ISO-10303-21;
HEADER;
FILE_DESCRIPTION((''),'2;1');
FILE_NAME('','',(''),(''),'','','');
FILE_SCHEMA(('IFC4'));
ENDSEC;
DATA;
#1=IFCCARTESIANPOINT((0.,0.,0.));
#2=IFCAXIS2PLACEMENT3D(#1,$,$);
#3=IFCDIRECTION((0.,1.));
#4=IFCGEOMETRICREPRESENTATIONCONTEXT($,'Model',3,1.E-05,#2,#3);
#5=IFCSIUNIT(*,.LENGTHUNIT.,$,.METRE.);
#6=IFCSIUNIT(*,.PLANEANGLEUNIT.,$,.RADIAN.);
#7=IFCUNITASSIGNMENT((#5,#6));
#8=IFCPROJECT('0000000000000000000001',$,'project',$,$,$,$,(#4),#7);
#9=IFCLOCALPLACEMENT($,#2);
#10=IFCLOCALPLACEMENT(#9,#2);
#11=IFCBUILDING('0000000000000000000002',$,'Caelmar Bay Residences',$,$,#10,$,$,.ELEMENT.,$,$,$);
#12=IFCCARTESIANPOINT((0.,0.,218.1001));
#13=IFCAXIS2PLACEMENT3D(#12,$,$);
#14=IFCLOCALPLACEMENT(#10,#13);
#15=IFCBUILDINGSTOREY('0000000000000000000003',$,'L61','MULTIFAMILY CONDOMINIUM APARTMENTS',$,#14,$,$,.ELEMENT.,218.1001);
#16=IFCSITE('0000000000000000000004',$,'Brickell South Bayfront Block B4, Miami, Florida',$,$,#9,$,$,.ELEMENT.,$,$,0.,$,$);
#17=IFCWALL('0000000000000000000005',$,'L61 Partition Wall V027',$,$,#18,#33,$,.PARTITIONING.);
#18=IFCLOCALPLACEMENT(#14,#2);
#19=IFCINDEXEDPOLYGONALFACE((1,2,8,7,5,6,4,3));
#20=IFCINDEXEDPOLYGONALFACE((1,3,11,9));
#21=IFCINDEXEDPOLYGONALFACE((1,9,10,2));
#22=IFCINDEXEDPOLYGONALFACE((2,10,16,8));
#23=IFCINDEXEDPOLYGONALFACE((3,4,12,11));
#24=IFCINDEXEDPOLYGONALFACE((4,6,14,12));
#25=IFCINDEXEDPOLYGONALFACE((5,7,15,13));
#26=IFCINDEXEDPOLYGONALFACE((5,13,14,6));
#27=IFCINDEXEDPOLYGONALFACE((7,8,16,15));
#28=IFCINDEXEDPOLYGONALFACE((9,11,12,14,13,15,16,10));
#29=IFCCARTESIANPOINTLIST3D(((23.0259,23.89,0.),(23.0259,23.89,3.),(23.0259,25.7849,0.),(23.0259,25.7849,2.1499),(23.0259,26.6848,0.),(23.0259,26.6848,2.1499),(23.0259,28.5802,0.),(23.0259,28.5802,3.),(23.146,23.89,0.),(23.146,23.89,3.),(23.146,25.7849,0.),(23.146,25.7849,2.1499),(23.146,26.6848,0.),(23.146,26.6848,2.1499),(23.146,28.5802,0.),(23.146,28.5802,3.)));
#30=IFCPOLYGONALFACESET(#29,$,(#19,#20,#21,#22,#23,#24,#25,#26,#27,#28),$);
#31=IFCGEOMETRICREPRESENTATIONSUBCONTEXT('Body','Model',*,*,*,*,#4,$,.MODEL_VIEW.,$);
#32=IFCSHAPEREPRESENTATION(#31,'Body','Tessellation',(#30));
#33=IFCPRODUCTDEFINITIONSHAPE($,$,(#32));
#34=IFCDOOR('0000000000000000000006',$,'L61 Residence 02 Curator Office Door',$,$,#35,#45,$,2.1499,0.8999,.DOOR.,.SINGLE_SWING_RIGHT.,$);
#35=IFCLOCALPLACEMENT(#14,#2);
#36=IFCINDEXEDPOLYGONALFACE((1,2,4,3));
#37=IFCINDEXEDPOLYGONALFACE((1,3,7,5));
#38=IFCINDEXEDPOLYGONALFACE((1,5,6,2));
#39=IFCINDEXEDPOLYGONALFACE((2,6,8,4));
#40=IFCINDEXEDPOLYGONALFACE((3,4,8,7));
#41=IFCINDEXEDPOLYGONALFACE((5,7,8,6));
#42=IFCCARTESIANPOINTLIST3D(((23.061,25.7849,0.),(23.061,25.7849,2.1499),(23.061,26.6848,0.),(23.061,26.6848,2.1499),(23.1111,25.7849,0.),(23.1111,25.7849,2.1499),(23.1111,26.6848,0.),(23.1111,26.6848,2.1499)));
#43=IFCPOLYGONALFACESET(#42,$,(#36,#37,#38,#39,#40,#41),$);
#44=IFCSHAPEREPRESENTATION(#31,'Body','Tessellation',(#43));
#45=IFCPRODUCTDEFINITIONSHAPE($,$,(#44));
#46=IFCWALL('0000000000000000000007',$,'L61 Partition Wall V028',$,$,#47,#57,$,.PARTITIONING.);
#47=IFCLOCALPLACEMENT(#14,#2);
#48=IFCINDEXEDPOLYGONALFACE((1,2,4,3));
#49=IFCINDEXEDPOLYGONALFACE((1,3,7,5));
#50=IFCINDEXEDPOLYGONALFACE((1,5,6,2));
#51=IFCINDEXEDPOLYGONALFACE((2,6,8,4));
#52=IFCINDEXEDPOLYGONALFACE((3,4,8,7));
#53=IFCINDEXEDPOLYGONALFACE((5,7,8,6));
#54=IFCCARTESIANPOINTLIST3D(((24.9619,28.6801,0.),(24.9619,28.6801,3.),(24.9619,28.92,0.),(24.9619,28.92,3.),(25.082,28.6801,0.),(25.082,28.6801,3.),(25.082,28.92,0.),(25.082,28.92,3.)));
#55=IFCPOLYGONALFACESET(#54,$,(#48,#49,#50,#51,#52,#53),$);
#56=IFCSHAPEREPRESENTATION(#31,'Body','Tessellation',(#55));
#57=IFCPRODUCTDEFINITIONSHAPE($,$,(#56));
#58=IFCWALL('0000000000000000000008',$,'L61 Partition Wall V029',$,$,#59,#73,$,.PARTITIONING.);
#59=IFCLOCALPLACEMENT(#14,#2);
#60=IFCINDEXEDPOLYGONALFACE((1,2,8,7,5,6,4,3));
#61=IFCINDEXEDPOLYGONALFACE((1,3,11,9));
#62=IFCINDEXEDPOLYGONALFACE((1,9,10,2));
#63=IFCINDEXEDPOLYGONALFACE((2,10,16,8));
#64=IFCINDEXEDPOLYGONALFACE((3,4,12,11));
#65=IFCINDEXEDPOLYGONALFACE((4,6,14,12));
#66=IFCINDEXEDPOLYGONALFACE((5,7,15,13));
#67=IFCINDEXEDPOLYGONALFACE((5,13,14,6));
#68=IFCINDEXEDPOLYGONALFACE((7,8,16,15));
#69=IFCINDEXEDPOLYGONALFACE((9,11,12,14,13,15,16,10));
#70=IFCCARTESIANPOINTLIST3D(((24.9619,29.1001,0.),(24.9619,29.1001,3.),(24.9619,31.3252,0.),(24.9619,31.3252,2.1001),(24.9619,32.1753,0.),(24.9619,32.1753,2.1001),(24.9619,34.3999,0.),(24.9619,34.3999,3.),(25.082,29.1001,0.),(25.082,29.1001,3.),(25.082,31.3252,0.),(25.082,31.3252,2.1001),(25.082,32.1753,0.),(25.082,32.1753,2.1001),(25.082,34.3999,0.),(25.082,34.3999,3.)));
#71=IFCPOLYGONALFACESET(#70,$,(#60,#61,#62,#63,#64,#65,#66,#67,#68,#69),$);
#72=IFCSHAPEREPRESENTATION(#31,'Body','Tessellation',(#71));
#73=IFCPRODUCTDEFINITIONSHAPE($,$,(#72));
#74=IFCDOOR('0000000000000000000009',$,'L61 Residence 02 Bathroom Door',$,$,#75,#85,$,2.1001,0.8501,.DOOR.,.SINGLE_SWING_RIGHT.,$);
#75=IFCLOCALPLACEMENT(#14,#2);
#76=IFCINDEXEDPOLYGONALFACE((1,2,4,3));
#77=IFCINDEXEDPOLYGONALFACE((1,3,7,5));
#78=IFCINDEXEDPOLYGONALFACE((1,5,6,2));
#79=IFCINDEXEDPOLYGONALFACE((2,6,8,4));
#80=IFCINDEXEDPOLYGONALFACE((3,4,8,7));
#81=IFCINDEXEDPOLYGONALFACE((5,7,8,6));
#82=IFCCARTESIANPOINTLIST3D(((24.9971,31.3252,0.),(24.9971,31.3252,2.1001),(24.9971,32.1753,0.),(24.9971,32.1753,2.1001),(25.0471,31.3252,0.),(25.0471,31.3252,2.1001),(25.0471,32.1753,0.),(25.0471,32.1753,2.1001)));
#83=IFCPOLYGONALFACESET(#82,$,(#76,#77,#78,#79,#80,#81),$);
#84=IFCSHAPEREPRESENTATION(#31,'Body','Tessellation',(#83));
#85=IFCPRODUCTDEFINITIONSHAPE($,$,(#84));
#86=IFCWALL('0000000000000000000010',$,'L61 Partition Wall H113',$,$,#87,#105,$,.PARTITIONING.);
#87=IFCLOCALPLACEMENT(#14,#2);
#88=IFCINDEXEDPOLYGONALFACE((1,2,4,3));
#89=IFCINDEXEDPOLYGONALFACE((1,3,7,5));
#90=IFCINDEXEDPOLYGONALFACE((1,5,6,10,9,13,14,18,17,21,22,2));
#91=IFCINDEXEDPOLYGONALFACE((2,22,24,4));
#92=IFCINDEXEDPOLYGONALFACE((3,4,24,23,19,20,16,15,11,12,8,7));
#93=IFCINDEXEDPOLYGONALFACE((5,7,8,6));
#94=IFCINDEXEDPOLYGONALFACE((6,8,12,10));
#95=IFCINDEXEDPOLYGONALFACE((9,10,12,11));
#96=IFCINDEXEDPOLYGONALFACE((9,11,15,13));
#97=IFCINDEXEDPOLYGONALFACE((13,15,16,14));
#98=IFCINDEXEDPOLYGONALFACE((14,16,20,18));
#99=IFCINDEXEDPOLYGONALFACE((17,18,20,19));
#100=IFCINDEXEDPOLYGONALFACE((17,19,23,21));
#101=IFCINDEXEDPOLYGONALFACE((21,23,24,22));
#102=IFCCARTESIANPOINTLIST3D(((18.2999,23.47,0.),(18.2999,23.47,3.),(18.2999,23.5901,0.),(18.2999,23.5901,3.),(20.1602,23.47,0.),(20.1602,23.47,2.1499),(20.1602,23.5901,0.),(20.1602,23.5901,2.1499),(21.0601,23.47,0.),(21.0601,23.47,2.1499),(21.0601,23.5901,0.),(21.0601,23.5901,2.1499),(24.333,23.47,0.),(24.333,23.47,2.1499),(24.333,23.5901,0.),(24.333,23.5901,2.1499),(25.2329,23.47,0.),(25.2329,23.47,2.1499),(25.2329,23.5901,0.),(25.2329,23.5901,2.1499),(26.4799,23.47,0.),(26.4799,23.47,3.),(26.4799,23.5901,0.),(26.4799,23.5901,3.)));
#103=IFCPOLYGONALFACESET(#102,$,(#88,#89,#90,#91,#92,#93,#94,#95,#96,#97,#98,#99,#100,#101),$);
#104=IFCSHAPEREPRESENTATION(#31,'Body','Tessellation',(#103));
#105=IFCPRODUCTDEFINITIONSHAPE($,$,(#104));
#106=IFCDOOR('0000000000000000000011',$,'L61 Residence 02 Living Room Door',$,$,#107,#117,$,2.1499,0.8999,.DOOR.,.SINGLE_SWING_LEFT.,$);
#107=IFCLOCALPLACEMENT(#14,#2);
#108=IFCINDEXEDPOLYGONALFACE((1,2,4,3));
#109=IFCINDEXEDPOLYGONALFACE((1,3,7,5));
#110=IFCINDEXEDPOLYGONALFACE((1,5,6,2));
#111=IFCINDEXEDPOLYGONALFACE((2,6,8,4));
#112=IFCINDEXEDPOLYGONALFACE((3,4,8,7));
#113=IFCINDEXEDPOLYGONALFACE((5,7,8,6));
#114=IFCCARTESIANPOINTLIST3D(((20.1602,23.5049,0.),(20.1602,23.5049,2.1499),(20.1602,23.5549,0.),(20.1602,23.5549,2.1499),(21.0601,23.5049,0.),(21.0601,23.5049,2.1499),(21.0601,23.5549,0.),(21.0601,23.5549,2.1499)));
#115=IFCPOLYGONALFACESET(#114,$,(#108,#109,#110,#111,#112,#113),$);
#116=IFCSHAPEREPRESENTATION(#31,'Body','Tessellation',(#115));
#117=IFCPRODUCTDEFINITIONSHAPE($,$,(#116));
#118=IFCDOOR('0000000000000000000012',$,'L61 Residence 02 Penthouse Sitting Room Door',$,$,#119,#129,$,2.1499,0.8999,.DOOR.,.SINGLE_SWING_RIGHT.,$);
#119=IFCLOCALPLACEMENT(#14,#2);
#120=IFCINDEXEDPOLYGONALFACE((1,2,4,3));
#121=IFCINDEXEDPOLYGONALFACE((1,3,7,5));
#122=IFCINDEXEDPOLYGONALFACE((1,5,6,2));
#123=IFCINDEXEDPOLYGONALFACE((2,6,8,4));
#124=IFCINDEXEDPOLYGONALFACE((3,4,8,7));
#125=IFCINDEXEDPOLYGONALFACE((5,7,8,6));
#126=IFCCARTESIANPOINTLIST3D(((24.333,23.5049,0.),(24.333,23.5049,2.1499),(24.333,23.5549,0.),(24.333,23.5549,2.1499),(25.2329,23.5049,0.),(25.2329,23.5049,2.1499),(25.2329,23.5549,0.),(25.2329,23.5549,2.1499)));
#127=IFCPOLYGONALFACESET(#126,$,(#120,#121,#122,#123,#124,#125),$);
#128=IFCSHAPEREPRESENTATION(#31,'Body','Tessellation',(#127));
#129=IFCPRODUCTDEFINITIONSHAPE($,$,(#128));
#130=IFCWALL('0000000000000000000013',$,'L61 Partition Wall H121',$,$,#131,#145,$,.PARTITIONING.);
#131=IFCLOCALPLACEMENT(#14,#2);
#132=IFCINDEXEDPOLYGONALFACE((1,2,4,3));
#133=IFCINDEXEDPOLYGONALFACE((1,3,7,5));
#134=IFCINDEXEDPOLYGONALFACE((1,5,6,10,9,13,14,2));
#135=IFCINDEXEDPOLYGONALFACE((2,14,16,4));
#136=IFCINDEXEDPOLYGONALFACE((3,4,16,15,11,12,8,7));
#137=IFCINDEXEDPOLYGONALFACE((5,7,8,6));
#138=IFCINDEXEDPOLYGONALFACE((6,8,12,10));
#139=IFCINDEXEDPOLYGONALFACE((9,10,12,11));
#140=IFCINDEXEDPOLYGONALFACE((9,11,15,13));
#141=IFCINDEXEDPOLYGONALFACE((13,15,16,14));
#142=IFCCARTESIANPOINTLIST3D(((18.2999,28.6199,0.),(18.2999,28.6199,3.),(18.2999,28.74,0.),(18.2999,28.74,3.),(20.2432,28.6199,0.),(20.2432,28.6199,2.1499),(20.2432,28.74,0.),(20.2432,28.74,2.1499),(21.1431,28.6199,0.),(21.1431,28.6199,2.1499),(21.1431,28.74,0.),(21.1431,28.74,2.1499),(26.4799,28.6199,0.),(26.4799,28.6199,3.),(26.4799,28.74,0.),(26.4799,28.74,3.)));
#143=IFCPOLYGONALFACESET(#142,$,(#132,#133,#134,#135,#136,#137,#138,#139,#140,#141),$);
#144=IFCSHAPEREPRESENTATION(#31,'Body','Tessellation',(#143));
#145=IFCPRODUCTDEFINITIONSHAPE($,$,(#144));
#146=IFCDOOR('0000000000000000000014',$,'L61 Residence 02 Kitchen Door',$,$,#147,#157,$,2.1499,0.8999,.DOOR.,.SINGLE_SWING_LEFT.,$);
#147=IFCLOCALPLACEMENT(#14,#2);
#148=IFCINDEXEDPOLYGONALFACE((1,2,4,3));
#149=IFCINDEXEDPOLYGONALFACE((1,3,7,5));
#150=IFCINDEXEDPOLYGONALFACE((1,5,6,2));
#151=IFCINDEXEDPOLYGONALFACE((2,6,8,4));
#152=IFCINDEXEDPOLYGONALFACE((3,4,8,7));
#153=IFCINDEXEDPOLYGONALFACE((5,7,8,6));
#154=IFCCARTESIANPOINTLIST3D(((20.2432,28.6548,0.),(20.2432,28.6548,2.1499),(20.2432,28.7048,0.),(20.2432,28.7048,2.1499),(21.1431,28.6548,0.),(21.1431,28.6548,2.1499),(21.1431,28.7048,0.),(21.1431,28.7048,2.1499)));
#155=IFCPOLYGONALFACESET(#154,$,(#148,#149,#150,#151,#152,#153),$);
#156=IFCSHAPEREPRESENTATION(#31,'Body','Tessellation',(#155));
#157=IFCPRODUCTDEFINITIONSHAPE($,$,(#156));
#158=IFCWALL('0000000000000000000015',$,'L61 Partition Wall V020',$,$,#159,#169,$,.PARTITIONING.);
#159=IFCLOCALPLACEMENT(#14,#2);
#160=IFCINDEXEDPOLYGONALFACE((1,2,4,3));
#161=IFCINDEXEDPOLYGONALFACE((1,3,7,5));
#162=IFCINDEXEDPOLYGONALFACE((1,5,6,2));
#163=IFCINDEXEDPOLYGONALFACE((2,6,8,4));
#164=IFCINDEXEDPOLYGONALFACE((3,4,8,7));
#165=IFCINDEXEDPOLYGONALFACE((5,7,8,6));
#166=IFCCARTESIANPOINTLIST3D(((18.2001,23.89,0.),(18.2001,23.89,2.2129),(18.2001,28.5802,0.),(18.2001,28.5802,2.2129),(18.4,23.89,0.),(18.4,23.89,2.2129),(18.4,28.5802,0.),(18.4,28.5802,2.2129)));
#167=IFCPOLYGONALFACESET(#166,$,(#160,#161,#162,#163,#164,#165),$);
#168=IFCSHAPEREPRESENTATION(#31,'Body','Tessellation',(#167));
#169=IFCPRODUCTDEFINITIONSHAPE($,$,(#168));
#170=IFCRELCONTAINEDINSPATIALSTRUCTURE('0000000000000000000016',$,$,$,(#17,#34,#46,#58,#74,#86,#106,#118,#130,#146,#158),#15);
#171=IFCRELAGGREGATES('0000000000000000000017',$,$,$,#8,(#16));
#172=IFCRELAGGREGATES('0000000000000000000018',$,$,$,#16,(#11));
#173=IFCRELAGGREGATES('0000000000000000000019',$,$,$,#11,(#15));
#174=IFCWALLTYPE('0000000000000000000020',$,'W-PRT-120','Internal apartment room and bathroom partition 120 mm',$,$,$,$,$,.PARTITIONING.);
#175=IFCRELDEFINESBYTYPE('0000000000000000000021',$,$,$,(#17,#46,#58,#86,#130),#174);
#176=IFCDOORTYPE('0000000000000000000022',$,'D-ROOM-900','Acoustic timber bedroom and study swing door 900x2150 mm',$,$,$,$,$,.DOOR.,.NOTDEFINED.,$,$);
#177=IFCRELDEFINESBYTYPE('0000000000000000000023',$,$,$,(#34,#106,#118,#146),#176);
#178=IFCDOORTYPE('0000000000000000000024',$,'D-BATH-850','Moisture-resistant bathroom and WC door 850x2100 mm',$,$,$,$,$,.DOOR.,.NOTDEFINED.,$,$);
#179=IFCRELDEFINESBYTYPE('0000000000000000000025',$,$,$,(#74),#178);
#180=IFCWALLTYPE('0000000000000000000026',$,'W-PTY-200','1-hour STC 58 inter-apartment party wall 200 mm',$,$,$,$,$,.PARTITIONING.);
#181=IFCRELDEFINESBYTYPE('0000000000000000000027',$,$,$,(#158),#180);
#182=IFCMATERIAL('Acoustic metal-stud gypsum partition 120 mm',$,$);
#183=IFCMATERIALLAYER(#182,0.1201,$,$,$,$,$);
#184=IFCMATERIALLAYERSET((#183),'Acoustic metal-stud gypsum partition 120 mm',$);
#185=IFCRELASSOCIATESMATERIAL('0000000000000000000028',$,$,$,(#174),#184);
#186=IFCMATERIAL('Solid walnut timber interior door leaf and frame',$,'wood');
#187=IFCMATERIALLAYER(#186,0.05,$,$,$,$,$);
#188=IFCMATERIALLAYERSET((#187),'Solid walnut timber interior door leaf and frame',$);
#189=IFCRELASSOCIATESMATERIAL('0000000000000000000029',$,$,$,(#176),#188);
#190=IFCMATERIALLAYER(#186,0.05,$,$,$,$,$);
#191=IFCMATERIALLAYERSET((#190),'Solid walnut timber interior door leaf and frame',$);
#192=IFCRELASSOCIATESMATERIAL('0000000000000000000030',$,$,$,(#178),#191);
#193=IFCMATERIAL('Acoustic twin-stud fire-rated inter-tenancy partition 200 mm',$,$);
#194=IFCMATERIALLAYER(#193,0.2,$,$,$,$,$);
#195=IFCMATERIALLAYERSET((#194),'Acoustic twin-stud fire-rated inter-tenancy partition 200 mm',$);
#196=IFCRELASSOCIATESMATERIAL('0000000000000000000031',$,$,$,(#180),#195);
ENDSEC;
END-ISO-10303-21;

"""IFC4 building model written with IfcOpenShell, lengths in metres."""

from ifc_helpers import new_model, si_unit, direction, frame, frame_2d, origin, place, context, subcontext, project, spatial, rectangle, extrude, material, layer, layer_set, type_object, element, fill, save


model = new_model("IFC4")

# Units and contexts
model_context = context("Model", 3, precision=1e-05, world=origin(), true_north=direction((0.0, 1.0)))
body_context = subcontext(model_context, "Body", "Model", "MODEL_VIEW")
ifc_project = project(units=[si_unit("LENGTHUNIT", "METRE"), si_unit("PLANEANGLEUNIT", "RADIAN")], contexts=[model_context])

# Site, building, storey
site_placement = place(None, origin())
site = spatial("IfcSite", under=ifc_project, at=site_placement, Name="Brickell South Bayfront Block B4, Miami, Florida", CompositionType="ELEMENT", RefElevation=0.0)
building_placement = place(site_placement, origin())
building = spatial("IfcBuilding", under=site, at=building_placement, Name="Caelmar Bay Residences", CompositionType="ELEMENT")
storey_placement = place(building_placement, frame((0.0, 0.0, 218.1001)))
storey = spatial("IfcBuildingStorey", under=building, at=storey_placement, Name="L61", Description="MULTIFAMILY CONDOMINIUM APARTMENTS", CompositionType="ELEMENT", Elevation=218.1001)

# Shared definitions
ifc_material_1 = material(Name="Acoustic metal-stud gypsum partition 120 mm")
ifc_layer_1 = layer(ifc_material_1, 0.1201)
ifc_layer_set_1 = layer_set([ifc_layer_1], Name="Acoustic metal-stud gypsum partition 120 mm")
wall_type_1 = type_object("IfcWallType", Name="W-PRT-120", Description="Internal apartment room and bathroom partition 120 mm", PredefinedType="PARTITIONING", material=ifc_layer_set_1)

# Wall, opening, door
wall_1_placement = place(storey_placement, frame((23.0859, 23.8899, 0.0), z_axis=(0.0, 0.0, 1.0), x_axis=(0.0, 1.0, 0.0)))
wall_1 = element("IfcWall", 1, at=wall_1_placement, inside=storey, type_object=wall_type_1, Name="L61 Partition Wall V027", PredefinedType="PARTITIONING", context=body_context, shape_type="SweptSolid", body=[
    extrude(rectangle(XDim=4.6902, YDim=0.1201, at=frame_2d((2.3452, 0.0))), origin(), (0.0, 0.0, 1.0), 3.0),
])
opening_1_placement = place(wall_1_placement, frame((1.895, 0.0, 0.0)))
opening_1 = element("IfcOpeningElement", 2, at=opening_1_placement, cuts=wall_1, PredefinedType="OPENING", context=body_context, shape_type="SweptSolid", body=[
    extrude(rectangle(XDim=0.8999, YDim=2.1499, at=frame_2d((0.45, 1.075))), frame((0.0, 0.0701, 0.0), z_axis=(0.0, -1.0, 0.0), x_axis=(1.0, 0.0, 0.0)), (0.0, 0.0, 1.0), 0.1401),
])
ifc_material_2 = material(Name="Solid walnut timber interior door leaf and frame", Category="wood")
ifc_layer_2 = layer(ifc_material_2, 0.05)
ifc_layer_set_2 = layer_set([ifc_layer_2], Name="Solid walnut timber interior door leaf and frame")
door_type_1 = type_object("IfcDoorType", Name="D-ROOM-900", Description="Acoustic timber bedroom and study swing door 900x2150 mm", OperationType="NOTDEFINED", PredefinedType="DOOR", material=ifc_layer_set_2)
door_1_placement = place(opening_1_placement, origin())
door_1 = element("IfcDoor", 3, at=door_1_placement, inside=storey, type_object=door_type_1, Name="L61 Residence 02 Curator Office Door", OperationType="SINGLE_SWING_RIGHT", OverallHeight=2.1499, OverallWidth=0.8999, PredefinedType="DOOR", context=body_context, shape_type="SweptSolid", body=[
    extrude(rectangle(XDim=0.8999, YDim=2.1499, at=frame_2d((0.45, 1.075))), frame((0.0, 0.0249, 0.0), z_axis=(0.0, -1.0, 0.0), x_axis=(1.0, 0.0, 0.0)), (0.0, 0.0, 1.0), 0.05),
])
fill(opening_1, door_1)

# Wall
wall_2_placement = place(storey_placement, frame((25.022, 28.6799, 0.0), z_axis=(0.0, 0.0, 1.0), x_axis=(0.0, 1.0, 0.0)))
element("IfcWall", 4, at=wall_2_placement, inside=storey, type_object=wall_type_1, Name="L61 Partition Wall V028", PredefinedType="PARTITIONING", context=body_context, shape_type="SweptSolid", body=[
    extrude(rectangle(XDim=0.24, YDim=0.1201, at=frame_2d((0.1201, 0.0))), origin(), (0.0, 0.0, 1.0), 3.0),
])

# Wall, opening, door
wall_3_placement = place(storey_placement, frame((25.022, 29.1001, 0.0), z_axis=(0.0, 0.0, 1.0), x_axis=(0.0, 1.0, 0.0)))
wall_3 = element("IfcWall", 5, at=wall_3_placement, inside=storey, type_object=wall_type_1, Name="L61 Partition Wall V029", PredefinedType="PARTITIONING", context=body_context, shape_type="SweptSolid", body=[
    extrude(rectangle(XDim=5.2998, YDim=0.1201, at=frame_2d((2.6499, 0.0))), origin(), (0.0, 0.0, 1.0), 3.0),
])
opening_2_placement = place(wall_3_placement, frame((2.2251, 0.0, 0.0)))
opening_2 = element("IfcOpeningElement", 6, at=opening_2_placement, cuts=wall_3, PredefinedType="OPENING", context=body_context, shape_type="SweptSolid", body=[
    extrude(rectangle(XDim=0.8501, YDim=2.1001, at=frame_2d((0.425, 1.05))), frame((0.0, 0.0701, 0.0), z_axis=(0.0, -1.0, 0.0), x_axis=(1.0, 0.0, 0.0)), (0.0, 0.0, 1.0), 0.1401),
])
ifc_layer_3 = layer(ifc_material_2, 0.05)
ifc_layer_set_3 = layer_set([ifc_layer_3], Name="Solid walnut timber interior door leaf and frame")
door_type_2 = type_object("IfcDoorType", Name="D-BATH-850", Description="Moisture-resistant bathroom and WC door 850x2100 mm", OperationType="NOTDEFINED", PredefinedType="DOOR", material=ifc_layer_set_3)
door_2_placement = place(opening_2_placement, origin())
door_2 = element("IfcDoor", 7, at=door_2_placement, inside=storey, type_object=door_type_2, Name="L61 Residence 02 Bathroom Door", OperationType="SINGLE_SWING_RIGHT", OverallHeight=2.1001, OverallWidth=0.8501, PredefinedType="DOOR", context=body_context, shape_type="SweptSolid", body=[
    extrude(rectangle(XDim=0.8501, YDim=2.1001, at=frame_2d((0.425, 1.05))), frame((0.0, 0.0249, 0.0), z_axis=(0.0, -1.0, 0.0), x_axis=(1.0, 0.0, 0.0)), (0.0, 0.0, 1.0), 0.05),
])
fill(opening_2, door_2)

# Wall, openings, doors
wall_4_placement = place(storey_placement, frame((18.3, 23.53, 0.0), z_axis=(0.0, 0.0, 1.0), x_axis=(1.0, 0.0, 0.0)))
wall_4 = element("IfcWall", 8, at=wall_4_placement, inside=storey, type_object=wall_type_1, Name="L61 Partition Wall H113", PredefinedType="PARTITIONING", context=body_context, shape_type="SweptSolid", body=[
    extrude(rectangle(XDim=8.1799, YDim=0.1201, at=frame_2d((4.0898, 0.0))), origin(), (0.0, 0.0, 1.0), 3.0),
])
opening_3_placement = place(wall_4_placement, frame((1.8601, 0.0, 0.0)))
opening_3 = element("IfcOpeningElement", 9, at=opening_3_placement, cuts=wall_4, PredefinedType="OPENING", context=body_context, shape_type="SweptSolid", body=[
    extrude(rectangle(XDim=0.8999, YDim=2.1499, at=frame_2d((0.45, 1.075))), frame((0.0, 0.0701, 0.0), z_axis=(0.0, -1.0, 0.0), x_axis=(1.0, 0.0, 0.0)), (0.0, 0.0, 1.0), 0.1401),
])
opening_4_placement = place(wall_4_placement, frame((6.033, 0.0, 0.0)))
opening_4 = element("IfcOpeningElement", 10, at=opening_4_placement, cuts=wall_4, PredefinedType="OPENING", context=body_context, shape_type="SweptSolid", body=[
    extrude(rectangle(XDim=0.8999, YDim=2.1499, at=frame_2d((0.45, 1.075))), frame((0.0, 0.0701, 0.0), z_axis=(0.0, -1.0, 0.0), x_axis=(1.0, 0.0, 0.0)), (0.0, 0.0, 1.0), 0.1401),
])
door_3_placement = place(opening_3_placement, origin())
door_3 = element("IfcDoor", 11, at=door_3_placement, inside=storey, type_object=door_type_1, Name="L61 Residence 02 Living Room Door", OperationType="SINGLE_SWING_LEFT", OverallHeight=2.1499, OverallWidth=0.8999, PredefinedType="DOOR", context=body_context, shape_type="SweptSolid", body=[
    extrude(rectangle(XDim=0.8999, YDim=2.1499, at=frame_2d((0.45, 1.075))), frame((0.0, 0.0249, 0.0), z_axis=(0.0, -1.0, 0.0), x_axis=(1.0, 0.0, 0.0)), (0.0, 0.0, 1.0), 0.05),
])
fill(opening_3, door_3)
door_4_placement = place(opening_4_placement, origin())
door_4 = element("IfcDoor", 12, at=door_4_placement, inside=storey, type_object=door_type_1, Name="L61 Residence 02 Penthouse Sitting Room Door", OperationType="SINGLE_SWING_RIGHT", OverallHeight=2.1499, OverallWidth=0.8999, PredefinedType="DOOR", context=body_context, shape_type="SweptSolid", body=[
    extrude(rectangle(XDim=0.8999, YDim=2.1499, at=frame_2d((0.45, 1.075))), frame((0.0, 0.0249, 0.0), z_axis=(0.0, -1.0, 0.0), x_axis=(1.0, 0.0, 0.0)), (0.0, 0.0, 1.0), 0.05),
])
fill(opening_4, door_4)

# Wall, opening, door
wall_5_placement = place(storey_placement, frame((18.3, 28.6799, 0.0), z_axis=(0.0, 0.0, 1.0), x_axis=(1.0, 0.0, 0.0)))
wall_5 = element("IfcWall", 13, at=wall_5_placement, inside=storey, type_object=wall_type_1, Name="L61 Partition Wall H121", PredefinedType="PARTITIONING", context=body_context, shape_type="SweptSolid", body=[
    extrude(rectangle(XDim=8.1799, YDim=0.1201, at=frame_2d((4.0898, 0.0))), origin(), (0.0, 0.0, 1.0), 3.0),
])
opening_5_placement = place(wall_5_placement, frame((1.9431, 0.0, 0.0)))
opening_5 = element("IfcOpeningElement", 14, at=opening_5_placement, cuts=wall_5, PredefinedType="OPENING", context=body_context, shape_type="SweptSolid", body=[
    extrude(rectangle(XDim=0.8999, YDim=2.1499, at=frame_2d((0.45, 1.075))), frame((0.0, 0.0701, 0.0), z_axis=(0.0, -1.0, 0.0), x_axis=(1.0, 0.0, 0.0)), (0.0, 0.0, 1.0), 0.1401),
])
door_5_placement = place(opening_5_placement, origin())
door_5 = element("IfcDoor", 15, at=door_5_placement, inside=storey, type_object=door_type_1, Name="L61 Residence 02 Kitchen Door", OperationType="SINGLE_SWING_LEFT", OverallHeight=2.1499, OverallWidth=0.8999, PredefinedType="DOOR", context=body_context, shape_type="SweptSolid", body=[
    extrude(rectangle(XDim=0.8999, YDim=2.1499, at=frame_2d((0.45, 1.075))), frame((0.0, 0.0249, 0.0), z_axis=(0.0, -1.0, 0.0), x_axis=(1.0, 0.0, 0.0)), (0.0, 0.0, 1.0), 0.05),
])
fill(opening_5, door_5)

# Wall
ifc_material_3 = material(Name="Acoustic twin-stud fire-rated inter-tenancy partition 200 mm")
ifc_layer_4 = layer(ifc_material_3, 0.2)
ifc_layer_set_4 = layer_set([ifc_layer_4], Name="Acoustic twin-stud fire-rated inter-tenancy partition 200 mm")
wall_type_2 = type_object("IfcWallType", Name="W-PTY-200", Description="1-hour STC 58 inter-apartment party wall 200 mm", PredefinedType="PARTITIONING", material=ifc_layer_set_4)
wall_6_placement = place(storey_placement, frame((18.3, 23.8899, 0.0), z_axis=(0.0, 0.0, 1.0), x_axis=(0.0, 1.0, 0.0)))
element("IfcWall", 16, at=wall_6_placement, inside=storey, type_object=wall_type_2, Name="L61 Partition Wall V020", PredefinedType="PARTITIONING", context=body_context, shape_type="SweptSolid", body=[
    extrude(rectangle(XDim=4.6902, YDim=0.2, at=frame_2d((2.3452, 0.0))), origin(), (0.0, 0.0, 1.0), 2.2129),
])

save(model, "model.ifc")
